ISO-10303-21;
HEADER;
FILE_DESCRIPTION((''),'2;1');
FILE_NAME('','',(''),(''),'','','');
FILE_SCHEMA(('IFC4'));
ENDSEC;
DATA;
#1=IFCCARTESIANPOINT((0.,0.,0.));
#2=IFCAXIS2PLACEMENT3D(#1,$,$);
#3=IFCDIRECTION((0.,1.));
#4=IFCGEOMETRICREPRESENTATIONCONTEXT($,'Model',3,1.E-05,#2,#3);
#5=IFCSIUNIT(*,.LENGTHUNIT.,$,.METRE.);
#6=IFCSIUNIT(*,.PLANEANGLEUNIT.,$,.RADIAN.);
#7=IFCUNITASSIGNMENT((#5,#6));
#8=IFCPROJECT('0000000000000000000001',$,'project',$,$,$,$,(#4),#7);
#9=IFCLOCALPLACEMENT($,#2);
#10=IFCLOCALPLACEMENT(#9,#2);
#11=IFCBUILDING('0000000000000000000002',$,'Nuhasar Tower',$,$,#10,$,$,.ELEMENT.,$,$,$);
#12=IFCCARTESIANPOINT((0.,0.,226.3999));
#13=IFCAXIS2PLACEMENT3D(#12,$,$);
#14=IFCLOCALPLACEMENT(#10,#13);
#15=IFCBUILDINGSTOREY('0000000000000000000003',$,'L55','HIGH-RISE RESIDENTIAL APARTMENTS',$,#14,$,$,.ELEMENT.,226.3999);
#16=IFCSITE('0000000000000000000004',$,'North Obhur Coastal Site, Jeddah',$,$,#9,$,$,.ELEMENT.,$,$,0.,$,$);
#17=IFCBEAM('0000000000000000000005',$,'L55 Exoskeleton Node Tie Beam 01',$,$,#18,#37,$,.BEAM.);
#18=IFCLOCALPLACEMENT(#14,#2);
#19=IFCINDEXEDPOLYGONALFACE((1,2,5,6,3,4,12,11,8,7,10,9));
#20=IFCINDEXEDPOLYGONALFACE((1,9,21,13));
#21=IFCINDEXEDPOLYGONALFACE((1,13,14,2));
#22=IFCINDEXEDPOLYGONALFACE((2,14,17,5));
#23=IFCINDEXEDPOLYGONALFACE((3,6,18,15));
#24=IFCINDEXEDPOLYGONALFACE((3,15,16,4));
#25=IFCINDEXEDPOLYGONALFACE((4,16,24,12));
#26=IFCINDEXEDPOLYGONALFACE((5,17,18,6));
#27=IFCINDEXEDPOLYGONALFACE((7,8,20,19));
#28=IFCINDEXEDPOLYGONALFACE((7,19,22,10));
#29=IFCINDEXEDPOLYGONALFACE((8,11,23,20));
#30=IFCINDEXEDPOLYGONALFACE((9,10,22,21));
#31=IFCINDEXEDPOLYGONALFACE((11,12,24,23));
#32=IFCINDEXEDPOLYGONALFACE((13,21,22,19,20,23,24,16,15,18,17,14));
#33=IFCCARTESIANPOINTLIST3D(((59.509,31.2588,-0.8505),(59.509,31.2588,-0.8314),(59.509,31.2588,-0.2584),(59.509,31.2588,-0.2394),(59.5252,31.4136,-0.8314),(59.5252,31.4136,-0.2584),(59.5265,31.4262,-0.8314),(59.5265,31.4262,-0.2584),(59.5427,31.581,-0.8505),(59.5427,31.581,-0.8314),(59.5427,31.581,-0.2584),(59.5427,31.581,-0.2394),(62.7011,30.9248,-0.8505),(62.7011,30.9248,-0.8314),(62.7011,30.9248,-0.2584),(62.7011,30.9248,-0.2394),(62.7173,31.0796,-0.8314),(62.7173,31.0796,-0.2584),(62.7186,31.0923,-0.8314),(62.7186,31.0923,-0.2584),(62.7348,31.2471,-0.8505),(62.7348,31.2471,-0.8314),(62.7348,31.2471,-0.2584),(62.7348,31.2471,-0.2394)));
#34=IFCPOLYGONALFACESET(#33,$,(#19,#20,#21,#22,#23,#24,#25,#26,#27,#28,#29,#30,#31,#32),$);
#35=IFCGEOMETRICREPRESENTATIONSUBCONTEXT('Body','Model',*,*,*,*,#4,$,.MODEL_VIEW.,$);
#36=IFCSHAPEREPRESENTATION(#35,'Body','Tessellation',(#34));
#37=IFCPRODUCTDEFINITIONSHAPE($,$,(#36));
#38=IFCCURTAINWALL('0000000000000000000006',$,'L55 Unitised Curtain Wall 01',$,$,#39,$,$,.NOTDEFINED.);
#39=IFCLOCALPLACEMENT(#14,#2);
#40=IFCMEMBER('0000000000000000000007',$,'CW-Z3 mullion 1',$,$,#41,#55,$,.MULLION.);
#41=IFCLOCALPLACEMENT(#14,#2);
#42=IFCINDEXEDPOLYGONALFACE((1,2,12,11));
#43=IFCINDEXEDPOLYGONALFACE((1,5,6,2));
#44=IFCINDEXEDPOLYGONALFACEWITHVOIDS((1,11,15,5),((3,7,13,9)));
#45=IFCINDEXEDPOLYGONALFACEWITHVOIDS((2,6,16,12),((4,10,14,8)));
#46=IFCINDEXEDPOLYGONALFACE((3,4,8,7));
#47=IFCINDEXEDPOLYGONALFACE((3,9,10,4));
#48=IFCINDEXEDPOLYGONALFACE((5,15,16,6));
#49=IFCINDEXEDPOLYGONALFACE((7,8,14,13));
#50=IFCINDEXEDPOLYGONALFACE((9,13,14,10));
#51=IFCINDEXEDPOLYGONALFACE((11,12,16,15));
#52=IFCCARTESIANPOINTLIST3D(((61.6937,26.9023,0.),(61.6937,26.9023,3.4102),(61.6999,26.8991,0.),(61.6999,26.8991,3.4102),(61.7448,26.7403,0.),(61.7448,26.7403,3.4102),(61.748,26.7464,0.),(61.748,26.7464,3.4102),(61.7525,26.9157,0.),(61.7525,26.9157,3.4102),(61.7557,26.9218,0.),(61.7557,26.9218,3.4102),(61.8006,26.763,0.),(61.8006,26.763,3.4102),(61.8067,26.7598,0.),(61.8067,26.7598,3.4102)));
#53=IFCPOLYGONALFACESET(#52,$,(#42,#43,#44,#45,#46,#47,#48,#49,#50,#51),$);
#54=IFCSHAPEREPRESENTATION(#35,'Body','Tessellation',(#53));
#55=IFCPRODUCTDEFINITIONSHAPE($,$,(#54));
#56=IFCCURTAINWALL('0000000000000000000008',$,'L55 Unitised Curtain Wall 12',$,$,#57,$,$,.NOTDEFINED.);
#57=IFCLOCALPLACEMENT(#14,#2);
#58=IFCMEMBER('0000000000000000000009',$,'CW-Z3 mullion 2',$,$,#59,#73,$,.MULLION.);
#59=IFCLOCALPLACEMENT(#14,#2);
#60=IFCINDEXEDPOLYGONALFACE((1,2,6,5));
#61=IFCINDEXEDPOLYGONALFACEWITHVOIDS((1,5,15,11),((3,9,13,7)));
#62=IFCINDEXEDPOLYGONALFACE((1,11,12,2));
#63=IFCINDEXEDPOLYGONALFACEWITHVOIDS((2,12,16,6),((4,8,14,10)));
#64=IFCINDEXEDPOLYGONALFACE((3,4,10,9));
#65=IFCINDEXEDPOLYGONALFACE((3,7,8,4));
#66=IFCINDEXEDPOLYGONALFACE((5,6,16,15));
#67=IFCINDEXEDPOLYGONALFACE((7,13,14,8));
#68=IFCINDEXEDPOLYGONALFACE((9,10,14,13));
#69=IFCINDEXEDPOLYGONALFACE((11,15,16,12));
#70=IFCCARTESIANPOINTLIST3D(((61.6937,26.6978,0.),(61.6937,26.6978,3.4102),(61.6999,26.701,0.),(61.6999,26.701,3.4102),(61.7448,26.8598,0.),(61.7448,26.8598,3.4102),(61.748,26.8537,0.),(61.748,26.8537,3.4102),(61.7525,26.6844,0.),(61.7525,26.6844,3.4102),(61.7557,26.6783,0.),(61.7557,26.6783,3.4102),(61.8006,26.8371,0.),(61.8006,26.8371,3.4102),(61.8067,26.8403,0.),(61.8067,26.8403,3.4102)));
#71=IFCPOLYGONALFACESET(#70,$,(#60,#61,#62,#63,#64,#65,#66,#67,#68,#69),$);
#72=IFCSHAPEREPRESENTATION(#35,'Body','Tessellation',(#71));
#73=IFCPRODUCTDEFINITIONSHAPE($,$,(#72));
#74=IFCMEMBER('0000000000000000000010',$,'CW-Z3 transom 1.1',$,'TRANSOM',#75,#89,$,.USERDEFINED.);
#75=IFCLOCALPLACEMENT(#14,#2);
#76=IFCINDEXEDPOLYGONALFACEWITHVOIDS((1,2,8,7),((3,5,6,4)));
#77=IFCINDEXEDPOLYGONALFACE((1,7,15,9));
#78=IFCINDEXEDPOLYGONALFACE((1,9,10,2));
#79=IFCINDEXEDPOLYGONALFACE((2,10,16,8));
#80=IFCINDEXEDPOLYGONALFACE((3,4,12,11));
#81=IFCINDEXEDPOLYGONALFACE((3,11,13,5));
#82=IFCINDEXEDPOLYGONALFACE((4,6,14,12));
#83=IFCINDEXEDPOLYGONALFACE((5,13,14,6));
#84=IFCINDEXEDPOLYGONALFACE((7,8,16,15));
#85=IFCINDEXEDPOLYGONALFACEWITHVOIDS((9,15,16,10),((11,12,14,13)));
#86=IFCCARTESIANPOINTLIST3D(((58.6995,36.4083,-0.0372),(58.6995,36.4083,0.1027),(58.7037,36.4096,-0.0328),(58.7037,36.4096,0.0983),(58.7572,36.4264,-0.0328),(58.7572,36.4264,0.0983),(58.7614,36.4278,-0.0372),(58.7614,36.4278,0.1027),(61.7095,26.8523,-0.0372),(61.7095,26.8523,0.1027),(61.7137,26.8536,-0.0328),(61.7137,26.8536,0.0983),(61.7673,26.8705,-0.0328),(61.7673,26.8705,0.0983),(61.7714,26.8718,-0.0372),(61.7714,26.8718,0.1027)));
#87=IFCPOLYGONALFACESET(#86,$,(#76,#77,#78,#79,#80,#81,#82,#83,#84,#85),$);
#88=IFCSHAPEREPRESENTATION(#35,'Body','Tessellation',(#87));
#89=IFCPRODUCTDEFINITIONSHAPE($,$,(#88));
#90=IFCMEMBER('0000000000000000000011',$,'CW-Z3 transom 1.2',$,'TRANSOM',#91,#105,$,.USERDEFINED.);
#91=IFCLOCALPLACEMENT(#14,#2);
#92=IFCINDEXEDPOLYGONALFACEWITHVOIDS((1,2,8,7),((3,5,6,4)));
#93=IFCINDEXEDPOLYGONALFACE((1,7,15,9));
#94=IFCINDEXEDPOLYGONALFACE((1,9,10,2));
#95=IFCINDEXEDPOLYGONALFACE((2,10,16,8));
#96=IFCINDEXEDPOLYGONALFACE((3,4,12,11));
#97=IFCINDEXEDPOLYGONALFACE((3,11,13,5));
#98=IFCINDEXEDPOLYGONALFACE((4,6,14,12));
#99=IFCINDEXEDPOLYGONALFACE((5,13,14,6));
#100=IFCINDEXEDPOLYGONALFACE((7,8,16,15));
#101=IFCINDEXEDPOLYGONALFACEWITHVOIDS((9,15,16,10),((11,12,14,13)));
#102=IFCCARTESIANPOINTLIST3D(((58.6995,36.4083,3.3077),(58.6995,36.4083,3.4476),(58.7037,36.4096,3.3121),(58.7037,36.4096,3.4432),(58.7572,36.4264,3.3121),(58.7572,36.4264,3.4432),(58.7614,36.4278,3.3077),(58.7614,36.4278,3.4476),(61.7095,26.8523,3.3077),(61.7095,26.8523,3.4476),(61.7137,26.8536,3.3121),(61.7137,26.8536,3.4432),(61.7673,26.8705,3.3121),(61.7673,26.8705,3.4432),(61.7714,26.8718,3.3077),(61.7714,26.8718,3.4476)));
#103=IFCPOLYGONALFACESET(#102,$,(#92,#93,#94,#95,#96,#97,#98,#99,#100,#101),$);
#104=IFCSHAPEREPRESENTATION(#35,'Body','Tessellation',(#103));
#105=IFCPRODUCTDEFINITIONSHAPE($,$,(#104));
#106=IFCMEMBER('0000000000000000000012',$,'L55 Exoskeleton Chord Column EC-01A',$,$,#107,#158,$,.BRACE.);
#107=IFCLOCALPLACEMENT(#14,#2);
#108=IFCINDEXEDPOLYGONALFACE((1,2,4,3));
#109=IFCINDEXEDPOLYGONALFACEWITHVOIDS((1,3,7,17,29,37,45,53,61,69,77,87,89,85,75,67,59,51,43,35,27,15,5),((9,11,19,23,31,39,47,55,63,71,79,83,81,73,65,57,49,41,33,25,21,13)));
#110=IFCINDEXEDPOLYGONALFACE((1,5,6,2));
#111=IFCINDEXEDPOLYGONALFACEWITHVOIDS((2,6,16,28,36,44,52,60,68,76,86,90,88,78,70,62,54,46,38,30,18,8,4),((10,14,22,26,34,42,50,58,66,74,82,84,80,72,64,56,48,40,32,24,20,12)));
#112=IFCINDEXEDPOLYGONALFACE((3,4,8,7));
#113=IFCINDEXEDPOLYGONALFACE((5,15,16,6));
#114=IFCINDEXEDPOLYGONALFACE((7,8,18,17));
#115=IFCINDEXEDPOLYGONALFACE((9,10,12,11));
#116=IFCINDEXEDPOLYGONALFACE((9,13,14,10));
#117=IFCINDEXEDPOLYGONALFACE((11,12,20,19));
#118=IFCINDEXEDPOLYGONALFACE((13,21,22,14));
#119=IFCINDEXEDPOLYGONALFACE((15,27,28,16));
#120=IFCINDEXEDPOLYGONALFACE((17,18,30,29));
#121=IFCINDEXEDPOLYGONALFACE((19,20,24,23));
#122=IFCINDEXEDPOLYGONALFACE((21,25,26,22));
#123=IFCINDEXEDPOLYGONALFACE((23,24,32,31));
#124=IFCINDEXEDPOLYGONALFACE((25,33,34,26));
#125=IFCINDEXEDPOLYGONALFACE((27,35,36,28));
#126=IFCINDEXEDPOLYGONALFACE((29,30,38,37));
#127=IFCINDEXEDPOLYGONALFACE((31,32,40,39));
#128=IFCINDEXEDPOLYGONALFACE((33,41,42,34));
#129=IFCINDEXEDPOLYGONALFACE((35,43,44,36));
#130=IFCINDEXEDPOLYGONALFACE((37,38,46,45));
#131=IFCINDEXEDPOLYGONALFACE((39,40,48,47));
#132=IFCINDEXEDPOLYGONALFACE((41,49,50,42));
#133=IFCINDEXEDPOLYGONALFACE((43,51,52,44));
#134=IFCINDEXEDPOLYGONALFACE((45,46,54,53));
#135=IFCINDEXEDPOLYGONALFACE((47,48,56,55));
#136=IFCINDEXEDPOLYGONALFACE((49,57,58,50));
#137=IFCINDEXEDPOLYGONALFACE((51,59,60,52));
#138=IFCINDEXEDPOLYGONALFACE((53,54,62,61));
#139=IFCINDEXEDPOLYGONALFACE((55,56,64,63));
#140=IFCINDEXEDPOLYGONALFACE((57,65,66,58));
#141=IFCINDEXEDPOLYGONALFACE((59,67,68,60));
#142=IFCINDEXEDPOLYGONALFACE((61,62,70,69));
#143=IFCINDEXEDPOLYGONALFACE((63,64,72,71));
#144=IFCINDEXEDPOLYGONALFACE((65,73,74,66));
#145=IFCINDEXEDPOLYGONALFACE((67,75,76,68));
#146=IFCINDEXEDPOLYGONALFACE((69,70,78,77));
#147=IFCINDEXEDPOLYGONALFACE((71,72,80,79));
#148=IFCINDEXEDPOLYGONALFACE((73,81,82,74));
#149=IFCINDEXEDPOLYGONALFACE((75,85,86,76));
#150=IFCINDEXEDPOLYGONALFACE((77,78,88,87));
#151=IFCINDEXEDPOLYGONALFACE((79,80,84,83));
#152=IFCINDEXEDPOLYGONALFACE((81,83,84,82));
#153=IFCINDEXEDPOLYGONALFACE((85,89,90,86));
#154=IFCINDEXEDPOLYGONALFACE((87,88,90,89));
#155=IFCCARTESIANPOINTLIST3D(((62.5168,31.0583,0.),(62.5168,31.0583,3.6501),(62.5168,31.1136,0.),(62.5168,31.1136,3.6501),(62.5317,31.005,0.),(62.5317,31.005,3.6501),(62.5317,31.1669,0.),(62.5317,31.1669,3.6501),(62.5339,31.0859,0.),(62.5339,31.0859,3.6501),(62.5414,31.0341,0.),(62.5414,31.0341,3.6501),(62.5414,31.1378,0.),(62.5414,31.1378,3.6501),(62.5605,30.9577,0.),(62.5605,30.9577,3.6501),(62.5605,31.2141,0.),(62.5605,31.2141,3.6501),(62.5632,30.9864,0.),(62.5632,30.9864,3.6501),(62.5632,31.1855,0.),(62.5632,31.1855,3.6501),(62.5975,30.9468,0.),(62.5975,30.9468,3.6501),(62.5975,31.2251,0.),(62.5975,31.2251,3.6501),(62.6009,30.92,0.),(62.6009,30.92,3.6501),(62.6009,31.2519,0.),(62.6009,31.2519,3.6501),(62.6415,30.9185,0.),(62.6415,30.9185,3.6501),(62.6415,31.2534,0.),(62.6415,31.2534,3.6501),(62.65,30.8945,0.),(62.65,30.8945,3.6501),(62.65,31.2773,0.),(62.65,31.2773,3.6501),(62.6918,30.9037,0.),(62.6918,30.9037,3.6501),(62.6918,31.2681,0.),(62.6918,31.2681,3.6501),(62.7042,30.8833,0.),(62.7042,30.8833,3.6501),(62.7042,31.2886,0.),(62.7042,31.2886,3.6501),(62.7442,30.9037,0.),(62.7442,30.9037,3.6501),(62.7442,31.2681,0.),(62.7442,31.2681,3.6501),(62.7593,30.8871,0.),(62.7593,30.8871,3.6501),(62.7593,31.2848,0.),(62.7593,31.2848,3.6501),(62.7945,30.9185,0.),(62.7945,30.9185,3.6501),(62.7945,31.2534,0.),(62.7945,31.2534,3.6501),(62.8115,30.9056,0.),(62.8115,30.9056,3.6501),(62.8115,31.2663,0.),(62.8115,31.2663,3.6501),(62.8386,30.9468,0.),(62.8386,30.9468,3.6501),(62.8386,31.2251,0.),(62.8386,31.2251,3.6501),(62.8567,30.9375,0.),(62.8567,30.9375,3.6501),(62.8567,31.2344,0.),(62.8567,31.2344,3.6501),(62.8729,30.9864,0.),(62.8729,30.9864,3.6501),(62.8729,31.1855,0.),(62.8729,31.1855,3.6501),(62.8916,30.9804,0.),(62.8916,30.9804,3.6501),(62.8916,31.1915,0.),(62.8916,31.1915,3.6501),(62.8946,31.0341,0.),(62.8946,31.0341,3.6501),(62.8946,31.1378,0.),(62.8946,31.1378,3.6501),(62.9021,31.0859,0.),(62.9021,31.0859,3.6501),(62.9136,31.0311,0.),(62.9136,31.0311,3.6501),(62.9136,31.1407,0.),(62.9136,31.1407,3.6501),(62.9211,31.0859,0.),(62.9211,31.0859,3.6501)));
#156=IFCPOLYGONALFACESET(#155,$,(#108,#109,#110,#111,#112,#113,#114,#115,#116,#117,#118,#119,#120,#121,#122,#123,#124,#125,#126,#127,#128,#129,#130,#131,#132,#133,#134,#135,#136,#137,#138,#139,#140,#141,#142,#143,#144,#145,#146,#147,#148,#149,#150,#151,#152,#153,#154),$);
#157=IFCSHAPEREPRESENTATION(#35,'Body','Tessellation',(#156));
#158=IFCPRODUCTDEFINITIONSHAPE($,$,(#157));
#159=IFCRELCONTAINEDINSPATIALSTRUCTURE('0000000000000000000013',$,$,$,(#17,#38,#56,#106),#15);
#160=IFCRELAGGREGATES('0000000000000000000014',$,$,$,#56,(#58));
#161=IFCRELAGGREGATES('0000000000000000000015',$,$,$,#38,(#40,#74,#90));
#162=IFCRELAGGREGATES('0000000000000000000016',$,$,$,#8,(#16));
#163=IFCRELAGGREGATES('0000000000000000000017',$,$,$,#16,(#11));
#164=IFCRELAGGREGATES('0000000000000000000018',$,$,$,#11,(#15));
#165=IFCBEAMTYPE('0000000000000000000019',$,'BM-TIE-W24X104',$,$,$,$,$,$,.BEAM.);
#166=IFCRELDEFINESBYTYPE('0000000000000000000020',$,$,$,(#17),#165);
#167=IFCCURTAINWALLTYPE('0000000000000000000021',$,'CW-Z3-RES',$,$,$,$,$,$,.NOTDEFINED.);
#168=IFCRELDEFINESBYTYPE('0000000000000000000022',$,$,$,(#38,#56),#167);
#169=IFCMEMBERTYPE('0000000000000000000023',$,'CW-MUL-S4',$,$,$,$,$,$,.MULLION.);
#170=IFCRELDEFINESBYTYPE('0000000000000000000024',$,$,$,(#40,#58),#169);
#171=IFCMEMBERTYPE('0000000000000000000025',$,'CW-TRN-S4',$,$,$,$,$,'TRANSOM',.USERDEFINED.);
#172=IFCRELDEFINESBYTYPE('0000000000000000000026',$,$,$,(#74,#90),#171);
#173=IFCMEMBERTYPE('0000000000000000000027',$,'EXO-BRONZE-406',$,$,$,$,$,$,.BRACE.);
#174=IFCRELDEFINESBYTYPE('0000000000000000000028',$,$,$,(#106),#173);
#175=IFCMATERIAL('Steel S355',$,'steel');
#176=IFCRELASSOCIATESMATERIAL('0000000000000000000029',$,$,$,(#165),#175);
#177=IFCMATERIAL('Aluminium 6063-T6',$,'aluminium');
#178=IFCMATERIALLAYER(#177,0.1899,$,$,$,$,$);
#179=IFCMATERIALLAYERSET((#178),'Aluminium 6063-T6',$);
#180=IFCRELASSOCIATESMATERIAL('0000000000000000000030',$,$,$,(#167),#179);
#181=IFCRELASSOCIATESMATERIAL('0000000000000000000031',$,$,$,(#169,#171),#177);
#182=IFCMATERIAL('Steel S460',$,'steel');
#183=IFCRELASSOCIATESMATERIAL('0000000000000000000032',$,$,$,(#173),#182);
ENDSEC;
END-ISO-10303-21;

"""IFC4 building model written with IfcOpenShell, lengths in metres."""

from ifc_helpers import new_model, si_unit, direction, frame, origin, origin_2d, place, context, subcontext, project, spatial, hollow_rectangle, hollow_circle, i_section, extrude, material, layer, layer_set, material_profile, profile_set, type_object, element, aggregate, save


model = new_model("IFC4")

# Units and contexts
model_context = context("Model", 3, precision=1e-05, world=origin(), true_north=direction((0.0, 1.0)))
body_context = subcontext(model_context, "Body", "Model", "MODEL_VIEW")
ifc_project = project(units=[si_unit("LENGTHUNIT", "METRE"), si_unit("PLANEANGLEUNIT", "RADIAN")], contexts=[model_context])

# Site, building, storey
site_placement = place(None, origin())
site = spatial("IfcSite", under=ifc_project, at=site_placement, Name="North Obhur Coastal Site, Jeddah", CompositionType="ELEMENT", RefElevation=0.0)
building_placement = place(site_placement, origin())
building = spatial("IfcBuilding", under=site, at=building_placement, Name="Nuhasar Tower", CompositionType="ELEMENT")
storey_placement = place(building_placement, frame((0.0, 0.0, 226.3999)))
storey = spatial("IfcBuildingStorey", under=building, at=storey_placement, Name="L55", Description="HIGH-RISE RESIDENTIAL APARTMENTS", CompositionType="ELEMENT", Elevation=226.3999)

# Beam
ifc_material_1 = material(Name="Steel S355", Category="steel")
ifc_material_profile_1 = material_profile(ifc_material_1, i_section(OverallWidth=0.324, OverallDepth=0.6111, WebThickness=0.0127, FlangeThickness=0.019, at=origin_2d()), Name="W24X104")
ifc_profile_set_1 = profile_set([ifc_material_profile_1], Name="Steel S355")
beam_type_1 = type_object("IfcBeamType", Name="BM-TIE-W24X104", PredefinedType="BEAM", material=ifc_profile_set_1)
beam_1_placement = place(storey_placement, frame((59.5259, 31.4199, -0.5449), z_axis=(0.994571, -0.104059, 0.0), x_axis=(0.104059, 0.994571, 0.0)))
element("IfcBeam", 1, at=beam_1_placement, inside=storey, type_object=beam_type_1, Name="L55 Exoskeleton Node Tie Beam 01", PredefinedType="BEAM", context=body_context, shape_type="SweptSolid", body=[
    extrude(i_section(OverallWidth=0.324, OverallDepth=0.6111, WebThickness=0.0127, FlangeThickness=0.019, at=origin_2d()), origin(), (0.0, 0.0, 1.0), 3.2095),
])

# Curtain walls, members
ifc_material_2 = material(Name="Aluminium 6063-T6", Category="aluminium")
ifc_layer_1 = layer(ifc_material_2, 0.1899)
ifc_layer_set_1 = layer_set([ifc_layer_1], Name="Aluminium 6063-T6")
curtain_wall_type = type_object("IfcCurtainWallType", Name="CW-Z3-RES", PredefinedType="NOTDEFINED", material=ifc_layer_set_1)
curtain_wall_1_placement = place(storey_placement, origin())
curtain_wall_1 = element("IfcCurtainWall", 2, at=curtain_wall_1_placement, inside=storey, type_object=curtain_wall_type, Name="L55 Unitised Curtain Wall 01", PredefinedType="NOTDEFINED")
ifc_material_profile_2 = material_profile(ifc_material_2, hollow_rectangle(XDim=0.0649, YDim=0.1699, WallThickness=0.0049, at=origin_2d()), Name="CWM-4")
ifc_profile_set_2 = profile_set([ifc_material_profile_2], Name="Aluminium 6063-T6")
member_type_1 = type_object("IfcMemberType", Name="CW-MUL-S4", PredefinedType="MULLION", material=ifc_profile_set_2)
member_1_placement = place(storey_placement, frame((61.7502, 26.8311, 0.0), z_axis=(0.0, 0.0, 1.0), x_axis=(-0.953804, -0.300429, 0.0)))
member_1 = element("IfcMember", 3, at=member_1_placement, type_object=member_type_1, Name="CW-Z3 mullion 1", PredefinedType="MULLION", context=body_context, shape_type="SweptSolid", body=[
    extrude(hollow_rectangle(XDim=0.0649, YDim=0.1699, WallThickness=0.0049, at=origin_2d()), origin(), (0.0, 0.0, 1.0), 3.4102),
])
curtain_wall_2_placement = place(storey_placement, origin())
curtain_wall_2 = element("IfcCurtainWall", 4, at=curtain_wall_2_placement, inside=storey, type_object=curtain_wall_type, Name="L55 Unitised Curtain Wall 12", PredefinedType="NOTDEFINED")
member_2_placement = place(storey_placement, frame((61.7502, 26.769, 0.0), z_axis=(0.0, 0.0, 1.0), x_axis=(-0.953804, 0.300429, 0.0)))
member_2 = element("IfcMember", 5, at=member_2_placement, type_object=member_type_1, Name="CW-Z3 mullion 2", PredefinedType="MULLION", context=body_context, shape_type="SweptSolid", body=[
    extrude(hollow_rectangle(XDim=0.0649, YDim=0.1699, WallThickness=0.0049, at=origin_2d()), origin(), (0.0, 0.0, 1.0), 3.4102),
])
aggregate(curtain_wall_2, [member_2])

# Members
ifc_material_profile_3 = material_profile(ifc_material_2, hollow_rectangle(XDim=0.0649, YDim=0.1399, WallThickness=0.0044, at=origin_2d()), Name="CWT-4")
ifc_profile_set_3 = profile_set([ifc_material_profile_3], Name="Aluminium 6063-T6")
member_type_2 = type_object("IfcMemberType", Name="CW-TRN-S4", ElementType="TRANSOM", PredefinedType="USERDEFINED", material=ifc_profile_set_3)
member_3_placement = place(storey_placement, frame((61.7405, 26.8621, 0.0327), z_axis=(-0.300437, 0.953802, 0.0), x_axis=(-0.953802, -0.300437, 0.0)))
member_3 = element("IfcMember", 6, at=member_3_placement, type_object=member_type_2, Name="CW-Z3 transom 1.1", ObjectType="TRANSOM", PredefinedType="USERDEFINED", context=body_context, shape_type="SweptSolid", body=[
    extrude(hollow_rectangle(XDim=0.0649, YDim=0.1399, WallThickness=0.0044, at=origin_2d()), origin(), (0.0, 0.0, 1.0), 10.0188),
])
member_4_placement = place(storey_placement, frame((61.7405, 26.8621, 3.3777), z_axis=(-0.300437, 0.953802, 0.0), x_axis=(-0.953802, -0.300437, 0.0)))
member_4 = element("IfcMember", 7, at=member_4_placement, type_object=member_type_2, Name="CW-Z3 transom 1.2", ObjectType="TRANSOM", PredefinedType="USERDEFINED", context=body_context, shape_type="SweptSolid", body=[
    extrude(hollow_rectangle(XDim=0.0649, YDim=0.1399, WallThickness=0.0044, at=origin_2d()), origin(), (0.0, 0.0, 1.0), 10.0188),
])

# Member
ifc_material_3 = material(Name="Steel S460", Category="steel")
ifc_material_profile_4 = material_profile(ifc_material_3, hollow_circle(Radius=0.2031, WallThickness=0.019, at=origin_2d()), Name="HSS406.4X19.1")
ifc_profile_set_4 = profile_set([ifc_material_profile_4], Name="Steel S460")
member_type_3 = type_object("IfcMemberType", Name="EXO-BRONZE-406", PredefinedType="BRACE", material=ifc_profile_set_4)
for number, where, z_axis, x_axis, name in (
    (8, (62.718, 31.0859, 0.0), (0.0, 0.0, 1.0), (1.0, 0.0, 0.0), "L55 Exoskeleton Chord Column EC-01A"),
):
    element("IfcMember", number, at=place(storey_placement, frame(where, z_axis=z_axis, x_axis=x_axis)), inside=storey, type_object=member_type_3, Name=name, PredefinedType="BRACE", context=body_context, shape_type="SweptSolid", body=[
        extrude(hollow_circle(Radius=0.2031, WallThickness=0.019, at=origin_2d()), origin(), (0.0, 0.0, 1.0), 3.6501),
    ])

aggregate(curtain_wall_1, [member_1, member_3, member_4])

save(model, "model.ifc")
